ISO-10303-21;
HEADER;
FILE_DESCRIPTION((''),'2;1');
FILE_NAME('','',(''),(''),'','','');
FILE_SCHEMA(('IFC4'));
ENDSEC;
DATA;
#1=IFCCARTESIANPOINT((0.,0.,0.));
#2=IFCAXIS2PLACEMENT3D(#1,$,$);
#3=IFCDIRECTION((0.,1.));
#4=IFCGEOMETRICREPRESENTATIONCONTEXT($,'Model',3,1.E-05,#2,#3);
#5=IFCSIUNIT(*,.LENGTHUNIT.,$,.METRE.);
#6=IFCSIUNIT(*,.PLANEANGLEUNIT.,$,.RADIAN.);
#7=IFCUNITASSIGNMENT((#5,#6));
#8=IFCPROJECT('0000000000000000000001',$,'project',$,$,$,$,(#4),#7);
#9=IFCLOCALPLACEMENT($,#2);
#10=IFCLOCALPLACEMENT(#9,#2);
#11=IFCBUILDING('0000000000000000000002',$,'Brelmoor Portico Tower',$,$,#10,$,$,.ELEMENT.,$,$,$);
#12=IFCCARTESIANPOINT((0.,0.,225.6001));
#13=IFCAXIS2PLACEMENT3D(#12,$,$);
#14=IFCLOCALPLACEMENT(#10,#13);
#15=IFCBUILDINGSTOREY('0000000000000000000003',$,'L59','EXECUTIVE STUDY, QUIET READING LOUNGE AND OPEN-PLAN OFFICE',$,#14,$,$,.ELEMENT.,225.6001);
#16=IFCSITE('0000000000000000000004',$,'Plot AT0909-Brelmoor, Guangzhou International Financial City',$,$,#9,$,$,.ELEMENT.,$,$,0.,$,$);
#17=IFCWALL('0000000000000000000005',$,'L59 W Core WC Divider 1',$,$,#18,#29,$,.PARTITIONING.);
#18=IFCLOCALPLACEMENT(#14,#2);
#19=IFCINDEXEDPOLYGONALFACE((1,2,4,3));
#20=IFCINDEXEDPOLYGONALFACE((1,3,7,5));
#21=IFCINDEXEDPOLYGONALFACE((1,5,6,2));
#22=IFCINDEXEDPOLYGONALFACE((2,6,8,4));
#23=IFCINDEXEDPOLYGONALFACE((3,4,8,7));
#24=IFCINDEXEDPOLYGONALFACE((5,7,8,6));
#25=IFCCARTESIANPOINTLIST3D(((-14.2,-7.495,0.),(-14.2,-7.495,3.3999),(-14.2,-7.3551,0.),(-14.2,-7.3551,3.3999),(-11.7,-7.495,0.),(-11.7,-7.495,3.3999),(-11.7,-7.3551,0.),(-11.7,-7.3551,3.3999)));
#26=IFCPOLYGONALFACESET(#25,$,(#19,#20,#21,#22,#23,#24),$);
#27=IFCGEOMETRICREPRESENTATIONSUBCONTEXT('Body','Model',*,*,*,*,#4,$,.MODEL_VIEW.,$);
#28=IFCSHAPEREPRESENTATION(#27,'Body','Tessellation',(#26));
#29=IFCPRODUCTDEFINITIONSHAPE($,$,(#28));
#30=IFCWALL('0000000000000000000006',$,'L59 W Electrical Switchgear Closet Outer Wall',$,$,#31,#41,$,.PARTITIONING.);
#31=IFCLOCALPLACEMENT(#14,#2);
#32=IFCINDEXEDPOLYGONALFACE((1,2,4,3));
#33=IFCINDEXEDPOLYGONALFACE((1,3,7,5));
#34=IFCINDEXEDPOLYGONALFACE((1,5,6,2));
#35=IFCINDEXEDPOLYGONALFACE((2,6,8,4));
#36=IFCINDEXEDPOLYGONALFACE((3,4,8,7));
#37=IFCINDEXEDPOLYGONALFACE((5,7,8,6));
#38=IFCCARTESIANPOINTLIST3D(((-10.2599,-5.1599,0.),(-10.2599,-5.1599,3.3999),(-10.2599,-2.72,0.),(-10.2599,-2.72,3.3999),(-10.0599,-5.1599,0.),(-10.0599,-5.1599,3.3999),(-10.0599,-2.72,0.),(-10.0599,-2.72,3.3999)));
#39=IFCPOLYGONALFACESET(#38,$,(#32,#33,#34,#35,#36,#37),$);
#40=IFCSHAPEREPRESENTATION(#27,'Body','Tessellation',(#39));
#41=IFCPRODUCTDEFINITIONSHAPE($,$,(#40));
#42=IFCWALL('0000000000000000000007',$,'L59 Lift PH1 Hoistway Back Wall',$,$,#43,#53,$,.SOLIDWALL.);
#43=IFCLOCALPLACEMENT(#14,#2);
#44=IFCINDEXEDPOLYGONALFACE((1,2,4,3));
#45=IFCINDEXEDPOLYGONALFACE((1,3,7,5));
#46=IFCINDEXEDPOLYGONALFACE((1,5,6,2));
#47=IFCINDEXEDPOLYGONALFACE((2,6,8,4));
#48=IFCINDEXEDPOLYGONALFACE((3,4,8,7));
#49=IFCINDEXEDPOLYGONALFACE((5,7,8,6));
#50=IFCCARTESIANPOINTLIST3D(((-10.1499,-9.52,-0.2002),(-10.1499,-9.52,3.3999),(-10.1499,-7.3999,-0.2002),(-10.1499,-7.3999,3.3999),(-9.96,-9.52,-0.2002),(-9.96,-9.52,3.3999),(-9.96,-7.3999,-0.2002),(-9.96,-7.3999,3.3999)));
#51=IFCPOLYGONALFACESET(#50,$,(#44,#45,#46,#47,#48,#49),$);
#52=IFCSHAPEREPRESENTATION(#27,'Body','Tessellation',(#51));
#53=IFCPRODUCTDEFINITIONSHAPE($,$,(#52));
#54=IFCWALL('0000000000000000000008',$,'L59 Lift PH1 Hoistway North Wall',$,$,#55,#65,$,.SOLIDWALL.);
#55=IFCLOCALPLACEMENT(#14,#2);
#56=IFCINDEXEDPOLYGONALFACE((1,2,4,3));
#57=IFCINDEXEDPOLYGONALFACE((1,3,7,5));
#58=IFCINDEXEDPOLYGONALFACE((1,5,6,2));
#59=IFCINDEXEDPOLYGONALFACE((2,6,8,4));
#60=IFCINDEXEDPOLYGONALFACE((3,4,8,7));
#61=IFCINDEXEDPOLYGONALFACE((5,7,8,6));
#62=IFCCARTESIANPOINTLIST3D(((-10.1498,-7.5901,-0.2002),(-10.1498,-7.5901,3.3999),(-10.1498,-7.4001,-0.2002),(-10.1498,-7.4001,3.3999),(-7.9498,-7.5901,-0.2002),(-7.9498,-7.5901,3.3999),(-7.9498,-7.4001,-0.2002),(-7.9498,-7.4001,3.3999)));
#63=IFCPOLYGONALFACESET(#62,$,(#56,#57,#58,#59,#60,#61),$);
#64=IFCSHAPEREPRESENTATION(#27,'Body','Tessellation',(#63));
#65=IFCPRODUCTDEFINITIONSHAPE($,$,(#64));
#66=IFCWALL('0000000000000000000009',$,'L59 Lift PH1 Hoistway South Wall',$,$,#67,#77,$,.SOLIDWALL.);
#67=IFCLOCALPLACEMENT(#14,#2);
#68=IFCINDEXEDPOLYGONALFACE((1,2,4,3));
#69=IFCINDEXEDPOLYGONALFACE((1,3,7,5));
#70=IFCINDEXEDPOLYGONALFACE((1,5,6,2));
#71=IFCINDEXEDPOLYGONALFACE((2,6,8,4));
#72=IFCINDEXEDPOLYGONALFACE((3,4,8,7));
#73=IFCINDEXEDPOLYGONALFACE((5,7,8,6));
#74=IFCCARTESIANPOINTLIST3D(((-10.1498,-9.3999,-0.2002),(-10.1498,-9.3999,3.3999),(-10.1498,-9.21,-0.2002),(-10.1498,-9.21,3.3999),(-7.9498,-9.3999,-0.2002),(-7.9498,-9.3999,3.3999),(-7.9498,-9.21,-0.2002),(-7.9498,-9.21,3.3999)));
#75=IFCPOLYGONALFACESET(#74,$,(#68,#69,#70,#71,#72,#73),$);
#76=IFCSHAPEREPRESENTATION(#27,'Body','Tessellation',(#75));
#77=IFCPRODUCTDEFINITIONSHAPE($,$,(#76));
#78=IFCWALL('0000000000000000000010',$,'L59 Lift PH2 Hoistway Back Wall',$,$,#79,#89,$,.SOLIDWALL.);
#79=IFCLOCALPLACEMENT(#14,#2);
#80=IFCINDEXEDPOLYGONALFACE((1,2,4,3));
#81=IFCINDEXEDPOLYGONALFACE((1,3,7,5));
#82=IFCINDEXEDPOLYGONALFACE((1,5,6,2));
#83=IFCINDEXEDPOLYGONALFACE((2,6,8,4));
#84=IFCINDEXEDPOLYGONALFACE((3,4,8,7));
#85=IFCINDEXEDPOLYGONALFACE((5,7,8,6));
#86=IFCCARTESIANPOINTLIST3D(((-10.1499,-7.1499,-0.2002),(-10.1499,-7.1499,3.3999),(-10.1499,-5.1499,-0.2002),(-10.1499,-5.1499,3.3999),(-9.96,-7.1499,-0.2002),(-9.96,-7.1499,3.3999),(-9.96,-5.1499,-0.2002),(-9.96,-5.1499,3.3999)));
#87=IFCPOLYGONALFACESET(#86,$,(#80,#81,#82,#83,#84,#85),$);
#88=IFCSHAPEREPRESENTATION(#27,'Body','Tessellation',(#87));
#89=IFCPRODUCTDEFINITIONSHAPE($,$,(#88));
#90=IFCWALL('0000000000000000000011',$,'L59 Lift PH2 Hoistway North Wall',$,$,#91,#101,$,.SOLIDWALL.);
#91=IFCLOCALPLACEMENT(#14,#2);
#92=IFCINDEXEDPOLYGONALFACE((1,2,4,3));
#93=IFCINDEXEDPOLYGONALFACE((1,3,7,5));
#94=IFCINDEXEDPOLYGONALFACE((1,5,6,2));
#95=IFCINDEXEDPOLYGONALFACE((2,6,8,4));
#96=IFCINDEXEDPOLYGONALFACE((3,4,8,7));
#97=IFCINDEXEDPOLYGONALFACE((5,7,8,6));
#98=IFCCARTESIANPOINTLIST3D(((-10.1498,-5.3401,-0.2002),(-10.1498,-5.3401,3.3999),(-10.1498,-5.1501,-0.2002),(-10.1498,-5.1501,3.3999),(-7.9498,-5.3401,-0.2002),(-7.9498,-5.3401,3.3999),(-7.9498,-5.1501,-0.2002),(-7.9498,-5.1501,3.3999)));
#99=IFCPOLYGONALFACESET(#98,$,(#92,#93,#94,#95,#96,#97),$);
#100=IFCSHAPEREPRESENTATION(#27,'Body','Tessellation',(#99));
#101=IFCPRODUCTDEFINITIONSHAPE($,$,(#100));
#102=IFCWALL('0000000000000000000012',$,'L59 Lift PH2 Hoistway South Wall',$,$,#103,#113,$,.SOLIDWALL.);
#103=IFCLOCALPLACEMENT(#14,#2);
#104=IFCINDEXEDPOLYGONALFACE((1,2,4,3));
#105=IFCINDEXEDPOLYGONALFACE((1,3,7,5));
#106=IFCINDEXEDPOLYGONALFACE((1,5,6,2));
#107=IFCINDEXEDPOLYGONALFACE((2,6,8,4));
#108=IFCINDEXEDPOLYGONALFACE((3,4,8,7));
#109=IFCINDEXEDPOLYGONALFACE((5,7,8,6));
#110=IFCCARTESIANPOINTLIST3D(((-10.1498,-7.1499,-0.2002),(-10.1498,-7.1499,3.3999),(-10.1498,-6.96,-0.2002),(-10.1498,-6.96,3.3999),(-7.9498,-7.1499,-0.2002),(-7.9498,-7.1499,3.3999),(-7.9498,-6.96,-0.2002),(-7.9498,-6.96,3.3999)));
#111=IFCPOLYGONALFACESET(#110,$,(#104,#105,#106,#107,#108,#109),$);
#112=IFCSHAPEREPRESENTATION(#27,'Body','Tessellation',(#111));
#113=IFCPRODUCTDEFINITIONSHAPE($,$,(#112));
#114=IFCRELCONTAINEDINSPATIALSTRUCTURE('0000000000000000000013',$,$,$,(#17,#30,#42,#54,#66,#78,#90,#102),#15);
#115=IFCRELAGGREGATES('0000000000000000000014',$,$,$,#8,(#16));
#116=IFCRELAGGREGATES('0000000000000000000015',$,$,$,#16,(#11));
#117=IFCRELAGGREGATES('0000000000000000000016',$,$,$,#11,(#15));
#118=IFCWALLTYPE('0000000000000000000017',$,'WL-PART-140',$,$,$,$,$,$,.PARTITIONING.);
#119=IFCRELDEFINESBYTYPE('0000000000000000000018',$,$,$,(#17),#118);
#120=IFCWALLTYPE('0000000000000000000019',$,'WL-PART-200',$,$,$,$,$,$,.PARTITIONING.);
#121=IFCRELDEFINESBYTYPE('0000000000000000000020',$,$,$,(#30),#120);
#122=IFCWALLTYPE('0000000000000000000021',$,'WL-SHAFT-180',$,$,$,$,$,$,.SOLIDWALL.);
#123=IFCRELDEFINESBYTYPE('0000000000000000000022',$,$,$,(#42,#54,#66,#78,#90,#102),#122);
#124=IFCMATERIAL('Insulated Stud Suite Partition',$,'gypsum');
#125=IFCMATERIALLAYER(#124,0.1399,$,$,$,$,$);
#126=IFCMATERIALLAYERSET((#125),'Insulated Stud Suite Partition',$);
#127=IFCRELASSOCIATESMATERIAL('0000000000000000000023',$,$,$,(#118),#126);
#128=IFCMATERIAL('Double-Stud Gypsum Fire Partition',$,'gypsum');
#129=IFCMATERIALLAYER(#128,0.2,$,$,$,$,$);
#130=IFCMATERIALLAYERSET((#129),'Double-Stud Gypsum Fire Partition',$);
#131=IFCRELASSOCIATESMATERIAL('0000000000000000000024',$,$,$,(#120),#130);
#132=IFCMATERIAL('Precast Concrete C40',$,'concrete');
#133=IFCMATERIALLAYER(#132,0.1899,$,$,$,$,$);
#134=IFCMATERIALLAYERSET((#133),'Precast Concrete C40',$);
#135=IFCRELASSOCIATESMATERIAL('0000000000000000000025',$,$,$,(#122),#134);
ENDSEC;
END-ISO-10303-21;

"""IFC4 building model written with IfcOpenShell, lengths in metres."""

from ifc_helpers import new_model, si_unit, direction, frame, frame_2d, origin, place, context, subcontext, project, spatial, rectangle, extrude, material, layer, layer_set, type_object, element, save


model = new_model("IFC4")

# Units and contexts
model_context = context("Model", 3, precision=1e-05, world=origin(), true_north=direction((0.0, 1.0)))
body_context = subcontext(model_context, "Body", "Model", "MODEL_VIEW")
ifc_project = project(units=[si_unit("LENGTHUNIT", "METRE"), si_unit("PLANEANGLEUNIT", "RADIAN")], contexts=[model_context])

# Site, building, storey
site_placement = place(None, origin())
site = spatial("IfcSite", under=ifc_project, at=site_placement, Name="Plot AT0909-Brelmoor, Guangzhou International Financial City", CompositionType="ELEMENT", RefElevation=0.0)
building_placement = place(site_placement, origin())
building = spatial("IfcBuilding", under=site, at=building_placement, Name="Brelmoor Portico Tower", CompositionType="ELEMENT")
storey_placement = place(building_placement, frame((0.0, 0.0, 225.6001)))
storey = spatial("IfcBuildingStorey", under=building, at=storey_placement, Name="L59", Description="EXECUTIVE STUDY, QUIET READING LOUNGE AND OPEN-PLAN OFFICE", CompositionType="ELEMENT", Elevation=225.6001)

# Wall
ifc_material_1 = material(Name="Insulated Stud Suite Partition", Category="gypsum")
ifc_layer_1 = layer(ifc_material_1, 0.1399)
ifc_layer_set_1 = layer_set([ifc_layer_1], Name="Insulated Stud Suite Partition")
wall_type_1 = type_object("IfcWallType", Name="WL-PART-140", PredefinedType="PARTITIONING", material=ifc_layer_set_1)
wall_1_placement = place(storey_placement, frame((-11.7, -7.425, 0.0), z_axis=(0.0, 0.0, 1.0), x_axis=(-1.0, 0.0, 0.0)))
element("IfcWall", 1, at=wall_1_placement, inside=storey, type_object=wall_type_1, Name="L59 W Core WC Divider 1", PredefinedType="PARTITIONING", context=body_context, shape_type="SweptSolid", body=[
    extrude(rectangle(XDim=2.5, YDim=0.1399, at=frame_2d((1.25, 0.0))), origin(), (0.0, 0.0, 1.0), 3.3999),
])

# Shared definitions
ifc_material_2 = material(Name="Double-Stud Gypsum Fire Partition", Category="gypsum")
ifc_layer_2 = layer(ifc_material_2, 0.2)
ifc_layer_set_2 = layer_set([ifc_layer_2], Name="Double-Stud Gypsum Fire Partition")
wall_type_2 = type_object("IfcWallType", Name="WL-PART-200", PredefinedType="PARTITIONING", material=ifc_layer_set_2)

# Walls
wall_2_placement = place(storey_placement, frame((-10.1599, -5.1599, 0.0), z_axis=(0.0, 0.0, 1.0), x_axis=(0.0, 1.0, 0.0)))
element("IfcWall", 2, at=wall_2_placement, inside=storey, type_object=wall_type_2, Name="L59 W Electrical Switchgear Closet Outer Wall", PredefinedType="PARTITIONING", context=body_context, shape_type="SweptSolid", body=[
    extrude(rectangle(XDim=2.4399, YDim=0.2, at=frame_2d((1.22, 0.0))), origin(), (0.0, 0.0, 1.0), 3.3999),
])
ifc_material_3 = material(Name="Precast Concrete C40", Category="concrete")
ifc_layer_3 = layer(ifc_material_3, 0.1899)
ifc_layer_set_3 = layer_set([ifc_layer_3], Name="Precast Concrete C40")
wall_type_3 = type_object("IfcWallType", Name="WL-SHAFT-180", PredefinedType="SOLIDWALL", material=ifc_layer_set_3)
wall_3_placement = place(storey_placement, frame((-10.0549, -9.52, -0.2002), z_axis=(0.0, 0.0, 1.0), x_axis=(0.0, 1.0, 0.0)))
element("IfcWall", 3, at=wall_3_placement, inside=storey, type_object=wall_type_3, Name="L59 Lift PH1 Hoistway Back Wall", PredefinedType="SOLIDWALL", context=body_context, shape_type="SweptSolid", body=[
    extrude(rectangle(XDim=2.1201, YDim=0.1899, at=frame_2d((1.0601, 0.0))), origin(), (0.0, 0.0, 1.0), 3.6001),
])
for number, where, z_axis, x_axis, name in (
    (4, (-10.1499, -7.4951, -0.2002), (0.0, 0.0, 1.0), (1.0, 0.0, 0.0), "L59 Lift PH1 Hoistway North Wall"),
    (5, (-10.1499, -9.3049, -0.2002), (0.0, 0.0, 1.0), (1.0, 0.0, 0.0), "L59 Lift PH1 Hoistway South Wall"),
):
    element("IfcWall", number, at=place(storey_placement, frame(where, z_axis=z_axis, x_axis=x_axis)), inside=storey, type_object=wall_type_3, Name=name, PredefinedType="SOLIDWALL", context=body_context, shape_type="SweptSolid", body=[
        extrude(rectangle(XDim=2.2, YDim=0.1899, at=frame_2d((1.1001, 0.0))), origin(), (0.0, 0.0, 1.0), 3.6001),
    ])
wall_4_placement = place(storey_placement, frame((-10.0549, -7.1499, -0.2002), z_axis=(0.0, 0.0, 1.0), x_axis=(0.0, 1.0, 0.0)))
element("IfcWall", 6, at=wall_4_placement, inside=storey, type_object=wall_type_3, Name="L59 Lift PH2 Hoistway Back Wall", PredefinedType="SOLIDWALL", context=body_context, shape_type="SweptSolid", body=[
    extrude(rectangle(XDim=2.0, YDim=0.1899, at=frame_2d((1.0, 0.0))), origin(), (0.0, 0.0, 1.0), 3.6001),
])
for number, where, z_axis, x_axis, name in (
    (7, (-10.1499, -5.2451, -0.2002), (0.0, 0.0, 1.0), (1.0, 0.0, 0.0), "L59 Lift PH2 Hoistway North Wall"),
    (8, (-10.1499, -7.0549, -0.2002), (0.0, 0.0, 1.0), (1.0, 0.0, 0.0), "L59 Lift PH2 Hoistway South Wall"),
):
    element("IfcWall", number, at=place(storey_placement, frame(where, z_axis=z_axis, x_axis=x_axis)), inside=storey, type_object=wall_type_3, Name=name, PredefinedType="SOLIDWALL", context=body_context, shape_type="SweptSolid", body=[
        extrude(rectangle(XDim=2.2, YDim=0.1899, at=frame_2d((1.1001, 0.0))), origin(), (0.0, 0.0, 1.0), 3.6001),
    ])

save(model, "model.ifc")
